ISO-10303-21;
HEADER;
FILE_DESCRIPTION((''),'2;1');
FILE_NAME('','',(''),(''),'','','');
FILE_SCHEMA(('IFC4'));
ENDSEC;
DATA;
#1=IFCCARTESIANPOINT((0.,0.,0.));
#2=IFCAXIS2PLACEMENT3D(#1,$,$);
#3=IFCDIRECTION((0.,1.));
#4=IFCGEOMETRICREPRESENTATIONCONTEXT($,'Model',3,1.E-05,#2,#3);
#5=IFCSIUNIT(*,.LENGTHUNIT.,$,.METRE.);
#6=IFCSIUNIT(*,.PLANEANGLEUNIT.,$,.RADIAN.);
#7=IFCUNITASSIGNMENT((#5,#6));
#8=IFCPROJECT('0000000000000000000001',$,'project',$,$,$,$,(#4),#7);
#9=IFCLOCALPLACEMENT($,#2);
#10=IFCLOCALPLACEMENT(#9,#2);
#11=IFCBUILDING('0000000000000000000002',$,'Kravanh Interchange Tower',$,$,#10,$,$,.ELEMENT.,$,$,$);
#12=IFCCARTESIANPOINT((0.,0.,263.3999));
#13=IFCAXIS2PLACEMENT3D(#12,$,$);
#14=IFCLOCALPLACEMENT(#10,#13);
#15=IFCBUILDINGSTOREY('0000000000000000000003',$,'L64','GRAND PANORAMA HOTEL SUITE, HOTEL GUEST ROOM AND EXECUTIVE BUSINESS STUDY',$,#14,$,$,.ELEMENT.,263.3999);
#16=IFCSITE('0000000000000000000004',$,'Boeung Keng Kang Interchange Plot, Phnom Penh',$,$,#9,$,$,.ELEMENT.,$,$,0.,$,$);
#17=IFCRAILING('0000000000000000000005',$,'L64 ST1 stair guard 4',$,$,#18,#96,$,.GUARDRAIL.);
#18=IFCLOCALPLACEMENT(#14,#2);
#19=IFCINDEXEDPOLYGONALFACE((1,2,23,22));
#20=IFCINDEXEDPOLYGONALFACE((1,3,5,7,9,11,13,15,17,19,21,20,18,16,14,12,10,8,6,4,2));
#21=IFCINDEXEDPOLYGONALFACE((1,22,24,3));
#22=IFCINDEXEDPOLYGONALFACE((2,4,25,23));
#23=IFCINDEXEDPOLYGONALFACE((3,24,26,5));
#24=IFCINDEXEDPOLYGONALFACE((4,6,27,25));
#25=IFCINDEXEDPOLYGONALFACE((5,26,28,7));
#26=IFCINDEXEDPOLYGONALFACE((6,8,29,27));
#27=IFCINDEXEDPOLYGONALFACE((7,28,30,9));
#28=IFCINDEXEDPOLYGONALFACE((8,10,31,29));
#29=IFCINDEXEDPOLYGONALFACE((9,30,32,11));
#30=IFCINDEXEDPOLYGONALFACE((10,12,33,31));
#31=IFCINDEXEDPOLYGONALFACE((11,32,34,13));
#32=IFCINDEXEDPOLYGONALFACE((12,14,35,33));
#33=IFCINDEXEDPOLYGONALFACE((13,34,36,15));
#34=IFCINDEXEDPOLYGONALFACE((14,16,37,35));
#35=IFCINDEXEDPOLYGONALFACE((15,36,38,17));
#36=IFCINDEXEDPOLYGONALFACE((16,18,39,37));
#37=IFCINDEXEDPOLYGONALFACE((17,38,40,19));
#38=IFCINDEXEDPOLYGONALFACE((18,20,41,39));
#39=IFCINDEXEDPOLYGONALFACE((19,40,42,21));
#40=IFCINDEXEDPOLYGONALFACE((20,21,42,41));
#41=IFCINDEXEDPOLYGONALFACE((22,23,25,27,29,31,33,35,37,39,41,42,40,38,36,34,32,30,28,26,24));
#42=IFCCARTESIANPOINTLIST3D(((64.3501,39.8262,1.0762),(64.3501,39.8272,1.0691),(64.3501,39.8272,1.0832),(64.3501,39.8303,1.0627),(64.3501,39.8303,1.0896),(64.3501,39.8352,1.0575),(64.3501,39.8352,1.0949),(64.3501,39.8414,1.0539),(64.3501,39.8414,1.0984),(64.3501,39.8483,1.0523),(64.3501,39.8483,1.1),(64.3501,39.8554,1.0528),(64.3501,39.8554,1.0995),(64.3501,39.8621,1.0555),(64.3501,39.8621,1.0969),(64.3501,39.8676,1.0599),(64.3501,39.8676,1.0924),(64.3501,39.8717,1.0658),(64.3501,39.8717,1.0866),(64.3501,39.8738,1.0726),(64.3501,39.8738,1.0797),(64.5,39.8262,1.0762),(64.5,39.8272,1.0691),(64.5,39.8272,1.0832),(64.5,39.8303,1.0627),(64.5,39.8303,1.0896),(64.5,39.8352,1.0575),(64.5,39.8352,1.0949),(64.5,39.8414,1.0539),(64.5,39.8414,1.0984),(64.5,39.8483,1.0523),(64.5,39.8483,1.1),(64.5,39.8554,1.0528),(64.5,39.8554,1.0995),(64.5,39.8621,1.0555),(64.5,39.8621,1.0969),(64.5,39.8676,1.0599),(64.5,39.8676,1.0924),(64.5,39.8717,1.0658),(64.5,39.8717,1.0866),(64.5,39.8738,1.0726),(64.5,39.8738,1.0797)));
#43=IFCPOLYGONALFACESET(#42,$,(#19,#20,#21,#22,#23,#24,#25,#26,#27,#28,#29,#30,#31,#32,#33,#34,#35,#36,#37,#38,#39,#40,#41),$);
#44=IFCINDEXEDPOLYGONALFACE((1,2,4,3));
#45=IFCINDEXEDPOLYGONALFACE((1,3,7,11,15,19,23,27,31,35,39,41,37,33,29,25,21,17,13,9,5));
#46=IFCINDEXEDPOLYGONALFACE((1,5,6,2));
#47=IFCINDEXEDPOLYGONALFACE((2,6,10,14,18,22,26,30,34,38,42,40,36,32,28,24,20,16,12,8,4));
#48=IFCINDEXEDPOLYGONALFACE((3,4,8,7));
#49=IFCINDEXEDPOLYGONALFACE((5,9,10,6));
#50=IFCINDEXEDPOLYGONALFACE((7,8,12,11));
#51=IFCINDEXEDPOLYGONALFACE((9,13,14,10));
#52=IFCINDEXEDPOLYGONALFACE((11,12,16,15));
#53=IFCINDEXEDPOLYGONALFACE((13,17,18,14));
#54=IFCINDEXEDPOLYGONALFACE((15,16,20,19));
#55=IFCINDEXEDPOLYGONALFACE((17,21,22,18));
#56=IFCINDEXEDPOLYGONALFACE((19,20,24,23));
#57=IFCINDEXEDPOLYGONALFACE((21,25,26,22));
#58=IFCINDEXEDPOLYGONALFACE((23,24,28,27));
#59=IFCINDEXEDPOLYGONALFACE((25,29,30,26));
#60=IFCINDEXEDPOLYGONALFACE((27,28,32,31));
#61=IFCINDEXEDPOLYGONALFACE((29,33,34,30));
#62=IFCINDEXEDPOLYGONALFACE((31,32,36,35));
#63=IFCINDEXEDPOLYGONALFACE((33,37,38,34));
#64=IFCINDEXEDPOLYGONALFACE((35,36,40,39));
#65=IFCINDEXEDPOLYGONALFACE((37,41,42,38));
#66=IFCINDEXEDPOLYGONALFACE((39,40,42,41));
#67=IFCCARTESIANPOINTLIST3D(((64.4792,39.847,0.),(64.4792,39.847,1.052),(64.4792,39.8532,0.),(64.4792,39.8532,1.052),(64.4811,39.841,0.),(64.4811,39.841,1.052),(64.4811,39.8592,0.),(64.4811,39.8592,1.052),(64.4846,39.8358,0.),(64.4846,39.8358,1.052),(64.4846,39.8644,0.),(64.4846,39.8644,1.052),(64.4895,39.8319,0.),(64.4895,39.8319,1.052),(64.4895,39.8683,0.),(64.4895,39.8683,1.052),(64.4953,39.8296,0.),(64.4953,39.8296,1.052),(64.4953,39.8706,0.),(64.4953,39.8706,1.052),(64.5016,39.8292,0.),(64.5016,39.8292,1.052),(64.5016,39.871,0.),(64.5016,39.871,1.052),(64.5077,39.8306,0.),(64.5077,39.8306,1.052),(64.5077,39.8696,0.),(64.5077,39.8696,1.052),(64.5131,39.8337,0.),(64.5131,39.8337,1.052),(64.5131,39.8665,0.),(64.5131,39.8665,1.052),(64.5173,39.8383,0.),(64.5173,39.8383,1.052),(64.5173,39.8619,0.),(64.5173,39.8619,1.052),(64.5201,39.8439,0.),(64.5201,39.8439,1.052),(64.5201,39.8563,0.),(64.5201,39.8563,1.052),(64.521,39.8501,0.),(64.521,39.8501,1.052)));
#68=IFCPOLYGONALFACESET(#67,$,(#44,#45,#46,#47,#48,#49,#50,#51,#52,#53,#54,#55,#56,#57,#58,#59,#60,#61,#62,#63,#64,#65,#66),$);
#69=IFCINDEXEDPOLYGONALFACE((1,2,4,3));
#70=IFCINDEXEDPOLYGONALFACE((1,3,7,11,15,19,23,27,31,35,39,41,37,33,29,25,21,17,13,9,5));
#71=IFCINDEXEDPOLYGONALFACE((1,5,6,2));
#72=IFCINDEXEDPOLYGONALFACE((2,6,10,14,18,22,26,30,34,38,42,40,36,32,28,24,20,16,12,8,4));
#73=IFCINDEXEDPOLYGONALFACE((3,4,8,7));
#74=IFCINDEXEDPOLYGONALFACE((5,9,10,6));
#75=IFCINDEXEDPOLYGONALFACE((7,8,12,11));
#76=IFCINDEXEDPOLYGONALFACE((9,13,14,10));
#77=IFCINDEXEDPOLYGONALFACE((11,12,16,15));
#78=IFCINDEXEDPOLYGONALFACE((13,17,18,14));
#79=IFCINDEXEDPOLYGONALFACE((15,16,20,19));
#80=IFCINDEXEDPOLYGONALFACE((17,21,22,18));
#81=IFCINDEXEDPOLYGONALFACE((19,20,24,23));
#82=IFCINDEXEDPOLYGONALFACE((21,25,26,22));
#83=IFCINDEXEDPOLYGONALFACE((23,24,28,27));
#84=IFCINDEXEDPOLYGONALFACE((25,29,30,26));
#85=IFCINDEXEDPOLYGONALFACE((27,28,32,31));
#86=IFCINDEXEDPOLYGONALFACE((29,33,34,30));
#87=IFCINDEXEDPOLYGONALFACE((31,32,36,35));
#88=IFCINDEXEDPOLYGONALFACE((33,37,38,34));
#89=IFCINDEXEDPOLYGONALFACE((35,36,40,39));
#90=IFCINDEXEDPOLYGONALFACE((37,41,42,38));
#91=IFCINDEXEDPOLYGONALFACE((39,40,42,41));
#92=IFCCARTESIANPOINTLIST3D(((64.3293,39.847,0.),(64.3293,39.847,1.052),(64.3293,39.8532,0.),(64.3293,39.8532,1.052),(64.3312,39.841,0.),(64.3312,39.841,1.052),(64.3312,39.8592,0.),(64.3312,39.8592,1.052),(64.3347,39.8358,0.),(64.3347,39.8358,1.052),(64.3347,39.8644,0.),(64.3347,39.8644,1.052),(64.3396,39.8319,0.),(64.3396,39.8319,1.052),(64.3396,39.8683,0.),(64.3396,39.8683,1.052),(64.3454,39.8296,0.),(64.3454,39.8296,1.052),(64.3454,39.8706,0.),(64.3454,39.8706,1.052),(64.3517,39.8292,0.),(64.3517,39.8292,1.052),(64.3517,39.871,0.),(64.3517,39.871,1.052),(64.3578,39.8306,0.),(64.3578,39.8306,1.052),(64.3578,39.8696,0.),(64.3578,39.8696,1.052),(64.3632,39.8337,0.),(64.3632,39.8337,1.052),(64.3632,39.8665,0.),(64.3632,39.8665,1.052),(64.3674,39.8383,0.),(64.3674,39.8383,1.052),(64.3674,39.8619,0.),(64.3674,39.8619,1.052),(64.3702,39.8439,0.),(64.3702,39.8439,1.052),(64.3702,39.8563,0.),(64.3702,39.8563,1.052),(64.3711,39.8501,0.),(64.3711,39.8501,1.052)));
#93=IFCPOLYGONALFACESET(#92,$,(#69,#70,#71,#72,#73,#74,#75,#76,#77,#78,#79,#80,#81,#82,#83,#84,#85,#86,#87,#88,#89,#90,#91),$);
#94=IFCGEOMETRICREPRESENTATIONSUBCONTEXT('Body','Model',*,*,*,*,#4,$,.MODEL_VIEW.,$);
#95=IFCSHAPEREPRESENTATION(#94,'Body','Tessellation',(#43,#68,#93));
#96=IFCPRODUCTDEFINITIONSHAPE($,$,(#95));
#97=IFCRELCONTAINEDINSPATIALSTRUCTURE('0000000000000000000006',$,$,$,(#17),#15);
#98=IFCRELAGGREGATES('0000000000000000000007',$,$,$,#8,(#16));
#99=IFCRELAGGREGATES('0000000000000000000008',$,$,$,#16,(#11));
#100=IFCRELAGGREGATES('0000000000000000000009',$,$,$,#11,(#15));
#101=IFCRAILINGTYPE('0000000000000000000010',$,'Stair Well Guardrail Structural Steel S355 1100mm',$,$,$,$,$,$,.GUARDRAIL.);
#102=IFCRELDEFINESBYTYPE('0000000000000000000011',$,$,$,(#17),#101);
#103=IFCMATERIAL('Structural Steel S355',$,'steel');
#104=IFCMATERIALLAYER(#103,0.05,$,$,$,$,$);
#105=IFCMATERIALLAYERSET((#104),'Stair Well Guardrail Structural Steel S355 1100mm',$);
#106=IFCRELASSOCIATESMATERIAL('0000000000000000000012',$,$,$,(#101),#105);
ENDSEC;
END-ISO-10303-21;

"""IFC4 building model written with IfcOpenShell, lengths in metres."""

from ifc_helpers import new_model, si_unit, direction, frame, origin, origin_2d, place, context, subcontext, project, spatial, circle, extrude, material, layer, layer_set, type_object, element, save


model = new_model("IFC4")

# Units and contexts
model_context = context("Model", 3, precision=1e-05, world=origin(), true_north=direction((0.0, 1.0)))
body_context = subcontext(model_context, "Body", "Model", "MODEL_VIEW")
ifc_project = project(units=[si_unit("LENGTHUNIT", "METRE"), si_unit("PLANEANGLEUNIT", "RADIAN")], contexts=[model_context])

# Site, building, storey
site_placement = place(None, origin())
site = spatial("IfcSite", under=ifc_project, at=site_placement, Name="Boeung Keng Kang Interchange Plot, Phnom Penh", CompositionType="ELEMENT", RefElevation=0.0)
building_placement = place(site_placement, origin())
building = spatial("IfcBuilding", under=site, at=building_placement, Name="Kravanh Interchange Tower", CompositionType="ELEMENT")
storey_placement = place(building_placement, frame((0.0, 0.0, 263.3999)))
storey = spatial("IfcBuildingStorey", under=building, at=storey_placement, Name="L64", Description="GRAND PANORAMA HOTEL SUITE, HOTEL GUEST ROOM AND EXECUTIVE BUSINESS STUDY", CompositionType="ELEMENT", Elevation=263.3999)

# Railing
ifc_material_1 = material(Name="Structural Steel S355", Category="steel")
ifc_layer_1 = layer(ifc_material_1, 0.05)
ifc_layer_set_1 = layer_set([ifc_layer_1], Name="Stair Well Guardrail Structural Steel S355 1100mm")
railing_type_1 = type_object("IfcRailingType", Name="Stair Well Guardrail Structural Steel S355 1100mm", PredefinedType="GUARDRAIL", material=ifc_layer_set_1)
railing_1_placement = place(storey_placement, frame((64.5, 39.8501, 0.0)))
element("IfcRailing", 1, at=railing_1_placement, inside=storey, type_object=railing_type_1, Name="L64 ST1 stair guard 4", PredefinedType="GUARDRAIL", context=body_context, shape_type="SweptSolid", body=[
    extrude(circle(Radius=0.0239, at=origin_2d()), frame((0.0, 0.0, 1.0762), z_axis=(-1.0, 0.0, 0.0), x_axis=(0.0, -1.0, 0.0)), (0.0, 0.0, 1.0), 0.1499),
    extrude(circle(Radius=0.021, at=origin_2d()), origin(), (0.0, 0.0, 1.0), 1.052),
    extrude(circle(Radius=0.021, at=origin_2d()), frame((-0.1499, 0.0, 0.0)), (0.0, 0.0, 1.0), 1.052),
])

save(model, "model.ifc")
